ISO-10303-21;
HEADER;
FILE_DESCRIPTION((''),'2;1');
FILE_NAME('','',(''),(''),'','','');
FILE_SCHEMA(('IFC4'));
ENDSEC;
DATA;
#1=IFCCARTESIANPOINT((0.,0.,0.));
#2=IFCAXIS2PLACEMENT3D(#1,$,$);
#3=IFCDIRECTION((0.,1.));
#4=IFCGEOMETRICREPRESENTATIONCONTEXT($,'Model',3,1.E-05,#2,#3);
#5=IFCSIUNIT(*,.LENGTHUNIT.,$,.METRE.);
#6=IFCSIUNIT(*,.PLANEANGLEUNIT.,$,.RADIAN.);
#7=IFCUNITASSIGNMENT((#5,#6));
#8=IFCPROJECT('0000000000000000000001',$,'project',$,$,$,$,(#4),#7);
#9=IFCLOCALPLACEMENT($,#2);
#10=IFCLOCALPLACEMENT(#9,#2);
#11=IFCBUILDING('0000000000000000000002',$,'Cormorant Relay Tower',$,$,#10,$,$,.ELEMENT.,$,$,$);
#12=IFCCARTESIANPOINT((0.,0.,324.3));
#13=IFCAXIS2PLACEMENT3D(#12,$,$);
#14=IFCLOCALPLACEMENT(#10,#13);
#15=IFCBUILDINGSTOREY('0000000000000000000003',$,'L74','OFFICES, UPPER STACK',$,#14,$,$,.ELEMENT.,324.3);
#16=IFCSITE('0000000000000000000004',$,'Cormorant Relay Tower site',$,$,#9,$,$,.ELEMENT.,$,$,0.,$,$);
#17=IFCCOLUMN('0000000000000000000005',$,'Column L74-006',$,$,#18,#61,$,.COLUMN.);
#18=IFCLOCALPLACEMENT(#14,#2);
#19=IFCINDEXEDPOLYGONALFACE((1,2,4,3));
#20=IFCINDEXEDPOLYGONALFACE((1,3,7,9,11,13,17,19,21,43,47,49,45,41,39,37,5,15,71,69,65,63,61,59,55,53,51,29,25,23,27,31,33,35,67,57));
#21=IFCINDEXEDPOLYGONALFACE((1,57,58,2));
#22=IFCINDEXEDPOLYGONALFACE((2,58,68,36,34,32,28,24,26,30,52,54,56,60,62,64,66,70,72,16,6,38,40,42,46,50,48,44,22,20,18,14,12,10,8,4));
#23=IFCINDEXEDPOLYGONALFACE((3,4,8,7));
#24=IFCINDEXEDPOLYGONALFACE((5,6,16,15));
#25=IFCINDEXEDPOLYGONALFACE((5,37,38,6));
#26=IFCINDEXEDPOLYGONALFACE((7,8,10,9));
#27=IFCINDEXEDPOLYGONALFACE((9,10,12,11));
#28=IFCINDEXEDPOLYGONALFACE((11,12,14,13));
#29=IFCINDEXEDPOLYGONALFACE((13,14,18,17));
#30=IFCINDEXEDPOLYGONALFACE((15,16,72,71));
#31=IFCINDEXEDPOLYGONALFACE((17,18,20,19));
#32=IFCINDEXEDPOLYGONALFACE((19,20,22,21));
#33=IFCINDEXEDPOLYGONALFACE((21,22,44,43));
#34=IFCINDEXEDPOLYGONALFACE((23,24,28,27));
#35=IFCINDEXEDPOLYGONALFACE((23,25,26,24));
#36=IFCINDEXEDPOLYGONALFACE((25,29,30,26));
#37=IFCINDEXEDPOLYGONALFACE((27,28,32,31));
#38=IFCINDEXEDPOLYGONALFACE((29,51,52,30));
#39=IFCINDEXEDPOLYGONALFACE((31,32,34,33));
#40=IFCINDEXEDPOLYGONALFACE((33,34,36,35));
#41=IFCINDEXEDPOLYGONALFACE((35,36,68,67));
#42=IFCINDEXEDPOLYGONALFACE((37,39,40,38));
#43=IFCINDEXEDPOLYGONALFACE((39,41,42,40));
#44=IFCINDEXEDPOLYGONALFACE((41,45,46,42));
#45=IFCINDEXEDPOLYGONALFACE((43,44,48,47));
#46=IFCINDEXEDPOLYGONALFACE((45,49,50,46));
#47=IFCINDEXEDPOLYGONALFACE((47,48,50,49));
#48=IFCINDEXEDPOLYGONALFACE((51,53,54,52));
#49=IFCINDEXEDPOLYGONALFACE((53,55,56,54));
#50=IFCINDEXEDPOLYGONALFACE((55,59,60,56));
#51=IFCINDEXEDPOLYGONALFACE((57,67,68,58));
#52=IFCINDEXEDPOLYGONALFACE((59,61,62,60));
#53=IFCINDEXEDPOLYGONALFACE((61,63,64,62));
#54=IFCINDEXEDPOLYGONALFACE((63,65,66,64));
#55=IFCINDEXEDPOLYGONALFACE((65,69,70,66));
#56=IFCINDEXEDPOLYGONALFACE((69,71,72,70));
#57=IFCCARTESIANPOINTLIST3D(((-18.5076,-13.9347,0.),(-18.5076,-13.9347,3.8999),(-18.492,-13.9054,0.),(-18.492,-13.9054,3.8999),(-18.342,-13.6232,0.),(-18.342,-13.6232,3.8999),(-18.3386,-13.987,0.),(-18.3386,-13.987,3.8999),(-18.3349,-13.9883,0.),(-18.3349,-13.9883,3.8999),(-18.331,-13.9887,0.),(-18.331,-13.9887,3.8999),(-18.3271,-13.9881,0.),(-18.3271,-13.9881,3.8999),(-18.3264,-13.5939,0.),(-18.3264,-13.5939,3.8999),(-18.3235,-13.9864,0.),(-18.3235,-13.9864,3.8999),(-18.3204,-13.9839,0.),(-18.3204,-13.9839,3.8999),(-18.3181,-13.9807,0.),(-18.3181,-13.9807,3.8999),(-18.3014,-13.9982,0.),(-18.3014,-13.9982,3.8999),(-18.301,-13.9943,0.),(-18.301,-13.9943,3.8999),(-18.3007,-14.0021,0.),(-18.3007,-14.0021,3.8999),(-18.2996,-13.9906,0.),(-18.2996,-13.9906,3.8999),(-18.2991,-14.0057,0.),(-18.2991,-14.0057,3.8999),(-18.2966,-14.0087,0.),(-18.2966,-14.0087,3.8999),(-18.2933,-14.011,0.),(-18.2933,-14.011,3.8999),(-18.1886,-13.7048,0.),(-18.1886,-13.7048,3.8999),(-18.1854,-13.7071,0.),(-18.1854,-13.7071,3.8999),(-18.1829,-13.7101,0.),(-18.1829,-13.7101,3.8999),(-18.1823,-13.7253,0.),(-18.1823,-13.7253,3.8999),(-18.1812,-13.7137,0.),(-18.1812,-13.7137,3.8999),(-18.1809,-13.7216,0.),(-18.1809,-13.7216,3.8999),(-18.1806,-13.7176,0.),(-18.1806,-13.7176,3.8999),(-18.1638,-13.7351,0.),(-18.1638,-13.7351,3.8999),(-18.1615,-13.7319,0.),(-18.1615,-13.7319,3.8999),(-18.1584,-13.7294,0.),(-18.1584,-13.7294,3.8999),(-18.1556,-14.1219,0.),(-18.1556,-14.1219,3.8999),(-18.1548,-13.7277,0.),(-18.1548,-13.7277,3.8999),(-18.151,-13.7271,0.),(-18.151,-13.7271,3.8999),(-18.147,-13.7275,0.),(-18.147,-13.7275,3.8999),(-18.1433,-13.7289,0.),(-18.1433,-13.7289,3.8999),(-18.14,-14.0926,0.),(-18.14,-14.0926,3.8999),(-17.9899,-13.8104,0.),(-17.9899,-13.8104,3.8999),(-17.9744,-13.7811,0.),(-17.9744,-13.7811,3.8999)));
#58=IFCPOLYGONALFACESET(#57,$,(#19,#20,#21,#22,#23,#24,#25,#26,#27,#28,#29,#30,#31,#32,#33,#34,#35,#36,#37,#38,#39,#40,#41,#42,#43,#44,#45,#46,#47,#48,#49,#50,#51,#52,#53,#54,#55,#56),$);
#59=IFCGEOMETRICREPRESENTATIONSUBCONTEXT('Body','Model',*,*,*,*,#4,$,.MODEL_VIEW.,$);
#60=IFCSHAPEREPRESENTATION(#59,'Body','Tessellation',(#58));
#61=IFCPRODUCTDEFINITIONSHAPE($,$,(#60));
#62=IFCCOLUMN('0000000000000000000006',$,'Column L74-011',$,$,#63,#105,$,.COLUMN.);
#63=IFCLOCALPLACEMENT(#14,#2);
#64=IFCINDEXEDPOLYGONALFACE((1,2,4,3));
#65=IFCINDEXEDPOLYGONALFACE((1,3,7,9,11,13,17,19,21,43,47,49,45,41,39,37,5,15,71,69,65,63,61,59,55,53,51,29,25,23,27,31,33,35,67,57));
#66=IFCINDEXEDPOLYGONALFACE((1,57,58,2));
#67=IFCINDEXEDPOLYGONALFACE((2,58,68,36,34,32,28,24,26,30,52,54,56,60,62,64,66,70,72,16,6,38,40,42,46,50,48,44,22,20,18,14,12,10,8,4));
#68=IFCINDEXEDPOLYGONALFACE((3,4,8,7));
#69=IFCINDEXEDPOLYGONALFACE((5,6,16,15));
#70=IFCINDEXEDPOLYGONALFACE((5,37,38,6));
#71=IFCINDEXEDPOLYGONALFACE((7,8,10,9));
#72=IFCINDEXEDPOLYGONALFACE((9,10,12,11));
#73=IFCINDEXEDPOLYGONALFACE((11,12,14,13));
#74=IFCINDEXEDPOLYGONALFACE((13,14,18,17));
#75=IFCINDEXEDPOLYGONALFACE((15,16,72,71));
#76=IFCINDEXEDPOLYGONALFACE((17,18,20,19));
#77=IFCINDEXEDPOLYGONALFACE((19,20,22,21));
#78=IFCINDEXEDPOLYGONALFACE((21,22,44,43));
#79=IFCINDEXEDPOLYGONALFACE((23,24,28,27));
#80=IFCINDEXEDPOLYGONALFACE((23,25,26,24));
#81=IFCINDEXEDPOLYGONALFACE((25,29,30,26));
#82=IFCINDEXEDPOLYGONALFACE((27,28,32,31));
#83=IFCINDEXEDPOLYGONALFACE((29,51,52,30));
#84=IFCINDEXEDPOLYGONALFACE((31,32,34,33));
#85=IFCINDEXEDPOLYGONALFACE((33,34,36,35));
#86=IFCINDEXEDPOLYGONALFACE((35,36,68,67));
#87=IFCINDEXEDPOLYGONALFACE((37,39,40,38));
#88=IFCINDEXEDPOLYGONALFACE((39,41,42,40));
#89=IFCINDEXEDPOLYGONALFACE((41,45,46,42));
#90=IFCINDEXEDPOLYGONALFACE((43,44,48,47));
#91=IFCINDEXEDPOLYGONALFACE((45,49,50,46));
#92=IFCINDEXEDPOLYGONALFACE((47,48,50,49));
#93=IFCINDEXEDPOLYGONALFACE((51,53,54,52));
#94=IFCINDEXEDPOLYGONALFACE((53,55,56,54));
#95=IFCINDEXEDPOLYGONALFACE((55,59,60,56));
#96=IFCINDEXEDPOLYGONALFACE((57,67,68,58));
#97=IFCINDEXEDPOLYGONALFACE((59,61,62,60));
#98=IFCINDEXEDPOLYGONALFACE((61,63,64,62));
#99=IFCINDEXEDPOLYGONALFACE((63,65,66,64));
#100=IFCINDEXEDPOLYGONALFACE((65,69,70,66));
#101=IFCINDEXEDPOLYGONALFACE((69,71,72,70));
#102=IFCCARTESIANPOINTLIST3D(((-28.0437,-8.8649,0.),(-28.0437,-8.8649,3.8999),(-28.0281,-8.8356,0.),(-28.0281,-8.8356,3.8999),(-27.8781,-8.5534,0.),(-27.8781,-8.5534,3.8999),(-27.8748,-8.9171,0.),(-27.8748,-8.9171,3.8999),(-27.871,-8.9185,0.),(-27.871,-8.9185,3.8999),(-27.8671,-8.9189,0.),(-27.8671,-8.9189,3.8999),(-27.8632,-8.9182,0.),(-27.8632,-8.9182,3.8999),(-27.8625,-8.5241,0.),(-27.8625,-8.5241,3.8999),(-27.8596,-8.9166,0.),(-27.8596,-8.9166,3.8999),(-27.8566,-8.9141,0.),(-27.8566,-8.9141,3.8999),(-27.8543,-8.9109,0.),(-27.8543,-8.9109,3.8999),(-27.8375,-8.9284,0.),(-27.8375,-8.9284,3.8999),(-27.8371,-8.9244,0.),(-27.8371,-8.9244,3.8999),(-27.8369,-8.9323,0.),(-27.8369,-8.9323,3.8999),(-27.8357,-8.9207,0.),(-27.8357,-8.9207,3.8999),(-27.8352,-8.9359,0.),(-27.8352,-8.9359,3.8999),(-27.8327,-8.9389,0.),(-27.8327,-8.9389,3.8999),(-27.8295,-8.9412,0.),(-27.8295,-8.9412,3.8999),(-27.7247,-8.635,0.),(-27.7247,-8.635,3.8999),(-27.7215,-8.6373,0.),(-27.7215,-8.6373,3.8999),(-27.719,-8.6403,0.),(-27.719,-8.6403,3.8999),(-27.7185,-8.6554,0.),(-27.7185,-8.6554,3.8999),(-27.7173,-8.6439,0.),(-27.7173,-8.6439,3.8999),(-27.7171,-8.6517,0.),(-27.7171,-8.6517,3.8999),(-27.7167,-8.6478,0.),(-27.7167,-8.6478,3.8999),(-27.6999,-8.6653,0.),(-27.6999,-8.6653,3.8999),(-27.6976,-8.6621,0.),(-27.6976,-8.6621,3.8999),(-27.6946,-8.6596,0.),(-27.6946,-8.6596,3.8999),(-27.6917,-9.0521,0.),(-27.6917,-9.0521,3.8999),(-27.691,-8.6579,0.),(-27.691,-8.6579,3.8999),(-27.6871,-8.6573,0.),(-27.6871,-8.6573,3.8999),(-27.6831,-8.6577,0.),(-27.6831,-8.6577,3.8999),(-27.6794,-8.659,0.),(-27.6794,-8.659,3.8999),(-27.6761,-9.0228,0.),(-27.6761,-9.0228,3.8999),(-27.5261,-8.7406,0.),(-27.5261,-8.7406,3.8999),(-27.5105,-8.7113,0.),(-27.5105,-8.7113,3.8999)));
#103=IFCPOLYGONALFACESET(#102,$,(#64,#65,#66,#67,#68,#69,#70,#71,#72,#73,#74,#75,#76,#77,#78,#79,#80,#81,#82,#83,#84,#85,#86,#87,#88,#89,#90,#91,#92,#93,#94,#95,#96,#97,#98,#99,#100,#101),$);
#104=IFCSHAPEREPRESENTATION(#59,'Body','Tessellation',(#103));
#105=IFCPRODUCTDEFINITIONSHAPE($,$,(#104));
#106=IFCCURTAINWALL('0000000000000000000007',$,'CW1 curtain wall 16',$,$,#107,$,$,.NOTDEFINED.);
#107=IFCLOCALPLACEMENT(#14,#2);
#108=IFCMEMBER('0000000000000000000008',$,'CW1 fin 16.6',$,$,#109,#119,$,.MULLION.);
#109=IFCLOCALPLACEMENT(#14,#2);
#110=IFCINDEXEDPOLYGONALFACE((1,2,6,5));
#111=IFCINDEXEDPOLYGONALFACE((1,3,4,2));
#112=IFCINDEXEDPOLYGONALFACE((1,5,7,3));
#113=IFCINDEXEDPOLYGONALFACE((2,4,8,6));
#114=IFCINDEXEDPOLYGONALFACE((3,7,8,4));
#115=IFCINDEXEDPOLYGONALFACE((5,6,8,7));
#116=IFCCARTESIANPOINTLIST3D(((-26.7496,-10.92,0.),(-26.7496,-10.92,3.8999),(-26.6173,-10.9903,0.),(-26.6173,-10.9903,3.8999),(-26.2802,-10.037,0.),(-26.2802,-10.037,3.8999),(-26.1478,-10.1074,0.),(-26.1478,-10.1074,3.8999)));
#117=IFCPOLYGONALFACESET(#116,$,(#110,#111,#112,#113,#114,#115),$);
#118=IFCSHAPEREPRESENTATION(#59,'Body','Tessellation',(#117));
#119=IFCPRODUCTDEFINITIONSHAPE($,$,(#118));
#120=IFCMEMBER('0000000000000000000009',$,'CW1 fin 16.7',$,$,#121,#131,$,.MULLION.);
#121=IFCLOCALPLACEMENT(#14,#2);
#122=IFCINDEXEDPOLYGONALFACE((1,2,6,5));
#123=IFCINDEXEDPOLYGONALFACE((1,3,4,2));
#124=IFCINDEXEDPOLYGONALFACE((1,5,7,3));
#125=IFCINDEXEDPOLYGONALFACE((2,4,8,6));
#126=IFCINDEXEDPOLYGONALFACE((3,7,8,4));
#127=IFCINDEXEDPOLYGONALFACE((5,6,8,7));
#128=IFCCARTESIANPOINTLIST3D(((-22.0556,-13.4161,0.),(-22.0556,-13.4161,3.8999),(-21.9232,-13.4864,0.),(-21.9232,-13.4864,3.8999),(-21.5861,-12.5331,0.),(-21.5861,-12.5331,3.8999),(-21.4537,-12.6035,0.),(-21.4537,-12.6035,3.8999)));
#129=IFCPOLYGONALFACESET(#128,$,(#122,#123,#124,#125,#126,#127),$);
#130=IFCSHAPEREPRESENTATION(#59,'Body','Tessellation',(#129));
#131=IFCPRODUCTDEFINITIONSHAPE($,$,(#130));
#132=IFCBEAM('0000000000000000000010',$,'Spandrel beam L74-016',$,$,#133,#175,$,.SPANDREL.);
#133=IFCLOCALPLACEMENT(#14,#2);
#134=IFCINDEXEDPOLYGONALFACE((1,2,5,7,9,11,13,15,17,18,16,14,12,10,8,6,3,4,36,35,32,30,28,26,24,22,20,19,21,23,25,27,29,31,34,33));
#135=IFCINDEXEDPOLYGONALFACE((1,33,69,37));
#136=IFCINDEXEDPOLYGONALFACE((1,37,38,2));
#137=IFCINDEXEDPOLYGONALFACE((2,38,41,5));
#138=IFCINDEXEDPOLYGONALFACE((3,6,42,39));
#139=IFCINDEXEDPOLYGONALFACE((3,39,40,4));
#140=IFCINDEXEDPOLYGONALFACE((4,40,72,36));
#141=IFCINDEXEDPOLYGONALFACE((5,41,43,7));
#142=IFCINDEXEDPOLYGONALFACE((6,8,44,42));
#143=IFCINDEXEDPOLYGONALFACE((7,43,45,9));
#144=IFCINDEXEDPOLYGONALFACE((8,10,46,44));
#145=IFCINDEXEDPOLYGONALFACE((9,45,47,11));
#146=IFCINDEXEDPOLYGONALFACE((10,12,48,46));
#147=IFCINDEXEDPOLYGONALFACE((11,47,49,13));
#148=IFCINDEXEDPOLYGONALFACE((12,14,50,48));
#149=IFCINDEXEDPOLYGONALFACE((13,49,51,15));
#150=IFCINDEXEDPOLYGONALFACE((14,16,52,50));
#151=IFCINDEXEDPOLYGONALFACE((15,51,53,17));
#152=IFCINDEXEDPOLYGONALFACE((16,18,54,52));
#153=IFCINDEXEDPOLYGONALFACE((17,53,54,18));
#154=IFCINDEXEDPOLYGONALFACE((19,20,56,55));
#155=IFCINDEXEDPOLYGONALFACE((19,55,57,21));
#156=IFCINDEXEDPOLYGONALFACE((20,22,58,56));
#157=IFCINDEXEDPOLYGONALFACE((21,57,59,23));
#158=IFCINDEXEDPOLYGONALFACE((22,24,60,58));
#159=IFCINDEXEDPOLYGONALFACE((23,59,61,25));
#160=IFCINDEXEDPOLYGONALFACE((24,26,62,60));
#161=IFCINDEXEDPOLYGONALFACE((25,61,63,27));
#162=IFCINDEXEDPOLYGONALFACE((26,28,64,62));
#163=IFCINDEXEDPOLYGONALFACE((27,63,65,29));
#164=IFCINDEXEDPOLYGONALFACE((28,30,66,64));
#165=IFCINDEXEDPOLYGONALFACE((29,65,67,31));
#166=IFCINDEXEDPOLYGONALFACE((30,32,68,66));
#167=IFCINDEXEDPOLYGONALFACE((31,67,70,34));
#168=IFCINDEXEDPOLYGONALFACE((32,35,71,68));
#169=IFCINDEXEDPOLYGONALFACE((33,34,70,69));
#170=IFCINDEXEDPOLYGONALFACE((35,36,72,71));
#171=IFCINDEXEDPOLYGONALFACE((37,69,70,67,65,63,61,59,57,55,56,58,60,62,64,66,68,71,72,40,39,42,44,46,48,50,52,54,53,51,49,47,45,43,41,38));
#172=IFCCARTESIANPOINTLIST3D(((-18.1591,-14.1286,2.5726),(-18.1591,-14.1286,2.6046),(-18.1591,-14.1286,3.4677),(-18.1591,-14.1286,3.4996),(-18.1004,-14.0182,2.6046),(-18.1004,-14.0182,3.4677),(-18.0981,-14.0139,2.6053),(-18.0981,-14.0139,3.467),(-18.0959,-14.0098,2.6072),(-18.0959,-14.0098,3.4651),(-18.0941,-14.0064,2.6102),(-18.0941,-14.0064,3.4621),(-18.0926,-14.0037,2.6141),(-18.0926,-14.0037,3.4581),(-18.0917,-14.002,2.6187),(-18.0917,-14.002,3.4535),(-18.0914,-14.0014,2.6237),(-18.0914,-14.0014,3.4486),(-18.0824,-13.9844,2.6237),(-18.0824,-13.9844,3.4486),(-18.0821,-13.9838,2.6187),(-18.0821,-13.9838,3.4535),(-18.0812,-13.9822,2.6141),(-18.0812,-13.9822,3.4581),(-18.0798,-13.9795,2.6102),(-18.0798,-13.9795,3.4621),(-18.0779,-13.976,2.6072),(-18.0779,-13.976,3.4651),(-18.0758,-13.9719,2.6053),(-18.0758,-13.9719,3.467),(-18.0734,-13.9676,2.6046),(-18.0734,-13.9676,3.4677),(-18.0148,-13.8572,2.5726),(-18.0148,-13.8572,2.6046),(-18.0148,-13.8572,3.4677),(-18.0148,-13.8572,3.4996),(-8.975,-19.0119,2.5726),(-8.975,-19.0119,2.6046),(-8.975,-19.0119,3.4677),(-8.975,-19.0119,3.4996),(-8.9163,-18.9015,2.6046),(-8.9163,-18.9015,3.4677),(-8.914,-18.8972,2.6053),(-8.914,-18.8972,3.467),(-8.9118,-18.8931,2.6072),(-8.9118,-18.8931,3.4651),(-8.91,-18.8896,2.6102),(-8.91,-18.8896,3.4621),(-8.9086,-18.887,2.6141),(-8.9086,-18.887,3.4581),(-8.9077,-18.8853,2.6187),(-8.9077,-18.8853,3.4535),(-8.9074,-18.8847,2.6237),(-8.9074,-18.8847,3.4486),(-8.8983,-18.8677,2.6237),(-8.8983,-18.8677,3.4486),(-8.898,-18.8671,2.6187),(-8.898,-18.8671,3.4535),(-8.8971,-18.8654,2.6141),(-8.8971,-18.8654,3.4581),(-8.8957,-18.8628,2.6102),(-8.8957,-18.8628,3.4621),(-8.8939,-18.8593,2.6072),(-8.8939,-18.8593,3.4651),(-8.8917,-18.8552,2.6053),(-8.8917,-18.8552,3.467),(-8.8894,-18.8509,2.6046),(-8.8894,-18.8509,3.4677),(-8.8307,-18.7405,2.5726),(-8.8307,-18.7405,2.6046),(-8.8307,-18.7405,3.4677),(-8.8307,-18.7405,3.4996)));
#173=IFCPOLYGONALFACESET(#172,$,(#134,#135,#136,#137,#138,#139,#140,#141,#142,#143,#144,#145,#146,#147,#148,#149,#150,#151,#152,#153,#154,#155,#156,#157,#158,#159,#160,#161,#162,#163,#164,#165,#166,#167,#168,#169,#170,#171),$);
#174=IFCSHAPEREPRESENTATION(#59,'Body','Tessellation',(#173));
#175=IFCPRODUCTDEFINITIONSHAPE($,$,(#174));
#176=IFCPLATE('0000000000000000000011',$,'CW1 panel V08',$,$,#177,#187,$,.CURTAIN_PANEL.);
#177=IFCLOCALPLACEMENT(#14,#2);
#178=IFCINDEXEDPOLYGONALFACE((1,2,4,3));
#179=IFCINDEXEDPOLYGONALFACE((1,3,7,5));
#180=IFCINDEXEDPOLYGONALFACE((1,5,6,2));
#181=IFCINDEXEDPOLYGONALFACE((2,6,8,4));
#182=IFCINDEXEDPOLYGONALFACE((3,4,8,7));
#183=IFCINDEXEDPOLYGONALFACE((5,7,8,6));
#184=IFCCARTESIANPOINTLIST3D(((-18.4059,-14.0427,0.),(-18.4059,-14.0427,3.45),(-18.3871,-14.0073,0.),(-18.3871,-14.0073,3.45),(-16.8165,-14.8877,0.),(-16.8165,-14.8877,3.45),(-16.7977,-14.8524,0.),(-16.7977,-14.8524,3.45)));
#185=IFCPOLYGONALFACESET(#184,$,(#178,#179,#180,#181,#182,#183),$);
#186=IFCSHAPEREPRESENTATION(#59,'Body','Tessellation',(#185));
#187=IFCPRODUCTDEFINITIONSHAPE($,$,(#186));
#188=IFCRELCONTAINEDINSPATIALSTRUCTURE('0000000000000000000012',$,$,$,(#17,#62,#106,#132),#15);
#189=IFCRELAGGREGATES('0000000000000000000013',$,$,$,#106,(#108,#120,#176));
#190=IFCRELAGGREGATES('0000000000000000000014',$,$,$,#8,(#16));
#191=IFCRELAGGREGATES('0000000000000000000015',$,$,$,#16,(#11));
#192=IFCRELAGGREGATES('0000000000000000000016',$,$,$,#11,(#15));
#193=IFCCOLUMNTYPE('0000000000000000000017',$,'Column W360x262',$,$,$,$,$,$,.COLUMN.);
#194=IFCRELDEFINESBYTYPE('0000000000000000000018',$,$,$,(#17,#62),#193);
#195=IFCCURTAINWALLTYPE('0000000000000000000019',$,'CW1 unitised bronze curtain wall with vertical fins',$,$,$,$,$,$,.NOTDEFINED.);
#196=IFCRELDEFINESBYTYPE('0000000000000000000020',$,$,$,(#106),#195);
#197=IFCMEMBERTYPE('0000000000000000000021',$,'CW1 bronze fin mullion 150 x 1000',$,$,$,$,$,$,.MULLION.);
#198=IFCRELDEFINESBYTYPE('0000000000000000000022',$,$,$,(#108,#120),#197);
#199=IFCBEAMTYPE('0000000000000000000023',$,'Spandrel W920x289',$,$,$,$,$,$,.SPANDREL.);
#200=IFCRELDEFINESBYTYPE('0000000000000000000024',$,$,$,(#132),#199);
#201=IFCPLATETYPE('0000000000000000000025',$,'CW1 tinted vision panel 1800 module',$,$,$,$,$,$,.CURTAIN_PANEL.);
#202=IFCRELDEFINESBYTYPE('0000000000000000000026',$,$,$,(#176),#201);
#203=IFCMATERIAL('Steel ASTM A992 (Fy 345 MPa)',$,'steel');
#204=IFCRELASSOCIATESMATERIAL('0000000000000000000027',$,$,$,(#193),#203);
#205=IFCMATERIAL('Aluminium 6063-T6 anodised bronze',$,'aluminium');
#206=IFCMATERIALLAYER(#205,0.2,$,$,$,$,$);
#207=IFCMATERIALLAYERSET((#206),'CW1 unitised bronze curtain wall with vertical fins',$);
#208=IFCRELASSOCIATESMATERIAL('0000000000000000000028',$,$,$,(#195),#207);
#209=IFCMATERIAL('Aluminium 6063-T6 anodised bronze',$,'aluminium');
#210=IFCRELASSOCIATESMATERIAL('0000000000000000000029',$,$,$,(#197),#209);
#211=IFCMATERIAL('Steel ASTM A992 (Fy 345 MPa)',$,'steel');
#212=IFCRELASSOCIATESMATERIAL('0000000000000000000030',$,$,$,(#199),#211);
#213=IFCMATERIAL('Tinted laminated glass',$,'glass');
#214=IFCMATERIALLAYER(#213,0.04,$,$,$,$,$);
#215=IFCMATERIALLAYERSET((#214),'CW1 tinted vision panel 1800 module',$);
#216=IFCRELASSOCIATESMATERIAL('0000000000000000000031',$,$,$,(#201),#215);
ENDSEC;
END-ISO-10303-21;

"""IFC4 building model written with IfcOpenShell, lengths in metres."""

from ifc_helpers import new_model, si_unit, direction, frame, origin, origin_2d, place, context, subcontext, project, spatial, rectangle, i_section, extrude, material, layer, layer_set, material_profile, profile_set, type_object, element, aggregate, save


model = new_model("IFC4")

# Units and contexts
model_context = context("Model", 3, precision=1e-05, world=origin(), true_north=direction((0.0, 1.0)))
body_context = subcontext(model_context, "Body", "Model", "MODEL_VIEW")
ifc_project = project(units=[si_unit("LENGTHUNIT", "METRE"), si_unit("PLANEANGLEUNIT", "RADIAN")], contexts=[model_context])

# Site, building, storey
site_placement = place(None, origin())
site = spatial("IfcSite", under=ifc_project, at=site_placement, Name="Cormorant Relay Tower site", CompositionType="ELEMENT", RefElevation=0.0)
building_placement = place(site_placement, origin())
building = spatial("IfcBuilding", under=site, at=building_placement, Name="Cormorant Relay Tower", CompositionType="ELEMENT")
storey_placement = place(building_placement, frame((0.0, 0.0, 324.3)))
storey = spatial("IfcBuildingStorey", under=building, at=storey_placement, Name="L74", Description="OFFICES, UPPER STACK", CompositionType="ELEMENT", Elevation=324.3)

# Columns
ifc_material_1 = material(Name="Steel ASTM A992 (Fy 345 MPa)", Category="steel")
ifc_material_profile_1 = material_profile(ifc_material_1, i_section(OverallWidth=0.3987, OverallDepth=0.386, WebThickness=0.021, FlangeThickness=0.0332, FilletRadius=0.0151, at=origin_2d()), Name="W360x262")
ifc_profile_set_1 = profile_set([ifc_material_profile_1], Name="Steel ASTM A992 (Fy 345 MPa)")
column_type = type_object("IfcColumnType", Name="Column W360x262", PredefinedType="COLUMN", material=ifc_profile_set_1)
for number, where, z_axis, x_axis, name in (
    (1, (-18.241, -13.8579, 0.0), (0.0, 0.0, 1.0), (0.882948, -0.469472, 0.0), "Column L74-006"),
    (2, (-27.7771, -8.7881, 0.0), (0.0, 0.0, 1.0), (0.882948, -0.469472, 0.0), "Column L74-011"),
):
    element("IfcColumn", number, at=place(storey_placement, frame(where, z_axis=z_axis, x_axis=x_axis)), inside=storey, type_object=column_type, Name=name, PredefinedType="COLUMN", context=body_context, shape_type="SweptSolid", body=[
        extrude(i_section(OverallWidth=0.3987, OverallDepth=0.386, WebThickness=0.021, FlangeThickness=0.0332, FilletRadius=0.0151, at=origin_2d()), origin(), (0.0, 0.0, 1.0), 3.8999),
    ])

# Curtain wall, members
ifc_material_2 = material(Name="Aluminium 6063-T6 anodised bronze", Category="aluminium")
ifc_layer_1 = layer(ifc_material_2, 0.2)
ifc_layer_set_1 = layer_set([ifc_layer_1], Name="CW1 unitised bronze curtain wall with vertical fins")
curtain_wall_type = type_object("IfcCurtainWallType", Name="CW1 unitised bronze curtain wall with vertical fins", PredefinedType="NOTDEFINED", material=ifc_layer_set_1)
curtain_wall_placement = place(storey_placement, origin())
curtain_wall = element("IfcCurtainWall", 3, at=curtain_wall_placement, inside=storey, type_object=curtain_wall_type, Name="CW1 curtain wall 16", PredefinedType="NOTDEFINED")
ifc_material_3 = material(Name="Aluminium 6063-T6 anodised bronze", Category="aluminium")
ifc_material_profile_2 = material_profile(ifc_material_3, rectangle(XDim=0.1499, YDim=1.0, at=origin_2d()), Name="AL 150x1000")
ifc_profile_set_2 = profile_set([ifc_material_profile_2], Name="Aluminium 6063-T6 anodised bronze")
member_type = type_object("IfcMemberType", Name="CW1 bronze fin mullion 150 x 1000", PredefinedType="MULLION", material=ifc_profile_set_2)
member_1_placement = place(storey_placement, frame((-26.4487, -10.5137, 0.0), z_axis=(0.0, 0.0, 1.0), x_axis=(0.882948, -0.469472, 0.0)))
member_1 = element("IfcMember", 4, at=member_1_placement, type_object=member_type, Name="CW1 fin 16.6", PredefinedType="MULLION", context=body_context, shape_type="SweptSolid", body=[
    extrude(rectangle(XDim=0.1499, YDim=1.0, at=origin_2d()), origin(), (0.0, 0.0, 1.0), 3.8999),
])
member_2_placement = place(storey_placement, frame((-21.7546, -13.0098, 0.0), z_axis=(0.0, 0.0, 1.0), x_axis=(0.882948, -0.469472, 0.0)))
member_2 = element("IfcMember", 5, at=member_2_placement, type_object=member_type, Name="CW1 fin 16.7", PredefinedType="MULLION", context=body_context, shape_type="SweptSolid", body=[
    extrude(rectangle(XDim=0.1499, YDim=1.0, at=origin_2d()), origin(), (0.0, 0.0, 1.0), 3.8999),
])

# Beam
ifc_material_4 = material(Name="Steel ASTM A992 (Fy 345 MPa)", Category="steel")
ifc_material_profile_3 = material_profile(ifc_material_4, i_section(OverallWidth=0.3074, OverallDepth=0.927, WebThickness=0.0193, FlangeThickness=0.032, FilletRadius=0.019, at=origin_2d()), Name="W920x289")
ifc_profile_set_3 = profile_set([ifc_material_profile_3], Name="Steel ASTM A992 (Fy 345 MPa)")
beam_type = type_object("IfcBeamType", Name="Spandrel W920x289", PredefinedType="SPANDREL", material=ifc_profile_set_3)
beam_placement = place(storey_placement, frame((-18.0869, -13.9929, 3.0361), z_axis=(0.882946, -0.469474, 0.0), x_axis=(0.469474, 0.882946, 0.0)))
element("IfcBeam", 6, at=beam_placement, inside=storey, type_object=beam_type, Name="Spandrel beam L74-016", PredefinedType="SPANDREL", context=body_context, shape_type="SweptSolid", body=[
    extrude(i_section(OverallWidth=0.3074, OverallDepth=0.927, WebThickness=0.0193, FlangeThickness=0.032, FilletRadius=0.019, at=origin_2d()), origin(), (0.0, 0.0, 1.0), 10.4016),
])

# Plate
ifc_material_5 = material(Name="Tinted laminated glass", Category="glass")
ifc_layer_2 = layer(ifc_material_5, 0.04)
ifc_layer_set_2 = layer_set([ifc_layer_2], Name="CW1 tinted vision panel 1800 module")
plate_type_1 = type_object("IfcPlateType", Name="CW1 tinted vision panel 1800 module", PredefinedType="CURTAIN_PANEL", material=ifc_layer_set_2)
plate_1_placement = place(storey_placement, frame((-17.6018, -14.4475, 0.0), z_axis=(0.0, 0.0, 1.0), x_axis=(0.882948, -0.469472, 0.0)))
plate_1 = element("IfcPlate", 7, at=plate_1_placement, type_object=plate_type_1, Name="CW1 panel V08", PredefinedType="CURTAIN_PANEL", context=body_context, shape_type="SweptSolid", body=[
    extrude(rectangle(XDim=1.8, YDim=0.04, at=origin_2d()), origin(), (0.0, 0.0, 1.0), 3.45),
])

aggregate(curtain_wall, [member_1, member_2, plate_1])

save(model, "model.ifc")
